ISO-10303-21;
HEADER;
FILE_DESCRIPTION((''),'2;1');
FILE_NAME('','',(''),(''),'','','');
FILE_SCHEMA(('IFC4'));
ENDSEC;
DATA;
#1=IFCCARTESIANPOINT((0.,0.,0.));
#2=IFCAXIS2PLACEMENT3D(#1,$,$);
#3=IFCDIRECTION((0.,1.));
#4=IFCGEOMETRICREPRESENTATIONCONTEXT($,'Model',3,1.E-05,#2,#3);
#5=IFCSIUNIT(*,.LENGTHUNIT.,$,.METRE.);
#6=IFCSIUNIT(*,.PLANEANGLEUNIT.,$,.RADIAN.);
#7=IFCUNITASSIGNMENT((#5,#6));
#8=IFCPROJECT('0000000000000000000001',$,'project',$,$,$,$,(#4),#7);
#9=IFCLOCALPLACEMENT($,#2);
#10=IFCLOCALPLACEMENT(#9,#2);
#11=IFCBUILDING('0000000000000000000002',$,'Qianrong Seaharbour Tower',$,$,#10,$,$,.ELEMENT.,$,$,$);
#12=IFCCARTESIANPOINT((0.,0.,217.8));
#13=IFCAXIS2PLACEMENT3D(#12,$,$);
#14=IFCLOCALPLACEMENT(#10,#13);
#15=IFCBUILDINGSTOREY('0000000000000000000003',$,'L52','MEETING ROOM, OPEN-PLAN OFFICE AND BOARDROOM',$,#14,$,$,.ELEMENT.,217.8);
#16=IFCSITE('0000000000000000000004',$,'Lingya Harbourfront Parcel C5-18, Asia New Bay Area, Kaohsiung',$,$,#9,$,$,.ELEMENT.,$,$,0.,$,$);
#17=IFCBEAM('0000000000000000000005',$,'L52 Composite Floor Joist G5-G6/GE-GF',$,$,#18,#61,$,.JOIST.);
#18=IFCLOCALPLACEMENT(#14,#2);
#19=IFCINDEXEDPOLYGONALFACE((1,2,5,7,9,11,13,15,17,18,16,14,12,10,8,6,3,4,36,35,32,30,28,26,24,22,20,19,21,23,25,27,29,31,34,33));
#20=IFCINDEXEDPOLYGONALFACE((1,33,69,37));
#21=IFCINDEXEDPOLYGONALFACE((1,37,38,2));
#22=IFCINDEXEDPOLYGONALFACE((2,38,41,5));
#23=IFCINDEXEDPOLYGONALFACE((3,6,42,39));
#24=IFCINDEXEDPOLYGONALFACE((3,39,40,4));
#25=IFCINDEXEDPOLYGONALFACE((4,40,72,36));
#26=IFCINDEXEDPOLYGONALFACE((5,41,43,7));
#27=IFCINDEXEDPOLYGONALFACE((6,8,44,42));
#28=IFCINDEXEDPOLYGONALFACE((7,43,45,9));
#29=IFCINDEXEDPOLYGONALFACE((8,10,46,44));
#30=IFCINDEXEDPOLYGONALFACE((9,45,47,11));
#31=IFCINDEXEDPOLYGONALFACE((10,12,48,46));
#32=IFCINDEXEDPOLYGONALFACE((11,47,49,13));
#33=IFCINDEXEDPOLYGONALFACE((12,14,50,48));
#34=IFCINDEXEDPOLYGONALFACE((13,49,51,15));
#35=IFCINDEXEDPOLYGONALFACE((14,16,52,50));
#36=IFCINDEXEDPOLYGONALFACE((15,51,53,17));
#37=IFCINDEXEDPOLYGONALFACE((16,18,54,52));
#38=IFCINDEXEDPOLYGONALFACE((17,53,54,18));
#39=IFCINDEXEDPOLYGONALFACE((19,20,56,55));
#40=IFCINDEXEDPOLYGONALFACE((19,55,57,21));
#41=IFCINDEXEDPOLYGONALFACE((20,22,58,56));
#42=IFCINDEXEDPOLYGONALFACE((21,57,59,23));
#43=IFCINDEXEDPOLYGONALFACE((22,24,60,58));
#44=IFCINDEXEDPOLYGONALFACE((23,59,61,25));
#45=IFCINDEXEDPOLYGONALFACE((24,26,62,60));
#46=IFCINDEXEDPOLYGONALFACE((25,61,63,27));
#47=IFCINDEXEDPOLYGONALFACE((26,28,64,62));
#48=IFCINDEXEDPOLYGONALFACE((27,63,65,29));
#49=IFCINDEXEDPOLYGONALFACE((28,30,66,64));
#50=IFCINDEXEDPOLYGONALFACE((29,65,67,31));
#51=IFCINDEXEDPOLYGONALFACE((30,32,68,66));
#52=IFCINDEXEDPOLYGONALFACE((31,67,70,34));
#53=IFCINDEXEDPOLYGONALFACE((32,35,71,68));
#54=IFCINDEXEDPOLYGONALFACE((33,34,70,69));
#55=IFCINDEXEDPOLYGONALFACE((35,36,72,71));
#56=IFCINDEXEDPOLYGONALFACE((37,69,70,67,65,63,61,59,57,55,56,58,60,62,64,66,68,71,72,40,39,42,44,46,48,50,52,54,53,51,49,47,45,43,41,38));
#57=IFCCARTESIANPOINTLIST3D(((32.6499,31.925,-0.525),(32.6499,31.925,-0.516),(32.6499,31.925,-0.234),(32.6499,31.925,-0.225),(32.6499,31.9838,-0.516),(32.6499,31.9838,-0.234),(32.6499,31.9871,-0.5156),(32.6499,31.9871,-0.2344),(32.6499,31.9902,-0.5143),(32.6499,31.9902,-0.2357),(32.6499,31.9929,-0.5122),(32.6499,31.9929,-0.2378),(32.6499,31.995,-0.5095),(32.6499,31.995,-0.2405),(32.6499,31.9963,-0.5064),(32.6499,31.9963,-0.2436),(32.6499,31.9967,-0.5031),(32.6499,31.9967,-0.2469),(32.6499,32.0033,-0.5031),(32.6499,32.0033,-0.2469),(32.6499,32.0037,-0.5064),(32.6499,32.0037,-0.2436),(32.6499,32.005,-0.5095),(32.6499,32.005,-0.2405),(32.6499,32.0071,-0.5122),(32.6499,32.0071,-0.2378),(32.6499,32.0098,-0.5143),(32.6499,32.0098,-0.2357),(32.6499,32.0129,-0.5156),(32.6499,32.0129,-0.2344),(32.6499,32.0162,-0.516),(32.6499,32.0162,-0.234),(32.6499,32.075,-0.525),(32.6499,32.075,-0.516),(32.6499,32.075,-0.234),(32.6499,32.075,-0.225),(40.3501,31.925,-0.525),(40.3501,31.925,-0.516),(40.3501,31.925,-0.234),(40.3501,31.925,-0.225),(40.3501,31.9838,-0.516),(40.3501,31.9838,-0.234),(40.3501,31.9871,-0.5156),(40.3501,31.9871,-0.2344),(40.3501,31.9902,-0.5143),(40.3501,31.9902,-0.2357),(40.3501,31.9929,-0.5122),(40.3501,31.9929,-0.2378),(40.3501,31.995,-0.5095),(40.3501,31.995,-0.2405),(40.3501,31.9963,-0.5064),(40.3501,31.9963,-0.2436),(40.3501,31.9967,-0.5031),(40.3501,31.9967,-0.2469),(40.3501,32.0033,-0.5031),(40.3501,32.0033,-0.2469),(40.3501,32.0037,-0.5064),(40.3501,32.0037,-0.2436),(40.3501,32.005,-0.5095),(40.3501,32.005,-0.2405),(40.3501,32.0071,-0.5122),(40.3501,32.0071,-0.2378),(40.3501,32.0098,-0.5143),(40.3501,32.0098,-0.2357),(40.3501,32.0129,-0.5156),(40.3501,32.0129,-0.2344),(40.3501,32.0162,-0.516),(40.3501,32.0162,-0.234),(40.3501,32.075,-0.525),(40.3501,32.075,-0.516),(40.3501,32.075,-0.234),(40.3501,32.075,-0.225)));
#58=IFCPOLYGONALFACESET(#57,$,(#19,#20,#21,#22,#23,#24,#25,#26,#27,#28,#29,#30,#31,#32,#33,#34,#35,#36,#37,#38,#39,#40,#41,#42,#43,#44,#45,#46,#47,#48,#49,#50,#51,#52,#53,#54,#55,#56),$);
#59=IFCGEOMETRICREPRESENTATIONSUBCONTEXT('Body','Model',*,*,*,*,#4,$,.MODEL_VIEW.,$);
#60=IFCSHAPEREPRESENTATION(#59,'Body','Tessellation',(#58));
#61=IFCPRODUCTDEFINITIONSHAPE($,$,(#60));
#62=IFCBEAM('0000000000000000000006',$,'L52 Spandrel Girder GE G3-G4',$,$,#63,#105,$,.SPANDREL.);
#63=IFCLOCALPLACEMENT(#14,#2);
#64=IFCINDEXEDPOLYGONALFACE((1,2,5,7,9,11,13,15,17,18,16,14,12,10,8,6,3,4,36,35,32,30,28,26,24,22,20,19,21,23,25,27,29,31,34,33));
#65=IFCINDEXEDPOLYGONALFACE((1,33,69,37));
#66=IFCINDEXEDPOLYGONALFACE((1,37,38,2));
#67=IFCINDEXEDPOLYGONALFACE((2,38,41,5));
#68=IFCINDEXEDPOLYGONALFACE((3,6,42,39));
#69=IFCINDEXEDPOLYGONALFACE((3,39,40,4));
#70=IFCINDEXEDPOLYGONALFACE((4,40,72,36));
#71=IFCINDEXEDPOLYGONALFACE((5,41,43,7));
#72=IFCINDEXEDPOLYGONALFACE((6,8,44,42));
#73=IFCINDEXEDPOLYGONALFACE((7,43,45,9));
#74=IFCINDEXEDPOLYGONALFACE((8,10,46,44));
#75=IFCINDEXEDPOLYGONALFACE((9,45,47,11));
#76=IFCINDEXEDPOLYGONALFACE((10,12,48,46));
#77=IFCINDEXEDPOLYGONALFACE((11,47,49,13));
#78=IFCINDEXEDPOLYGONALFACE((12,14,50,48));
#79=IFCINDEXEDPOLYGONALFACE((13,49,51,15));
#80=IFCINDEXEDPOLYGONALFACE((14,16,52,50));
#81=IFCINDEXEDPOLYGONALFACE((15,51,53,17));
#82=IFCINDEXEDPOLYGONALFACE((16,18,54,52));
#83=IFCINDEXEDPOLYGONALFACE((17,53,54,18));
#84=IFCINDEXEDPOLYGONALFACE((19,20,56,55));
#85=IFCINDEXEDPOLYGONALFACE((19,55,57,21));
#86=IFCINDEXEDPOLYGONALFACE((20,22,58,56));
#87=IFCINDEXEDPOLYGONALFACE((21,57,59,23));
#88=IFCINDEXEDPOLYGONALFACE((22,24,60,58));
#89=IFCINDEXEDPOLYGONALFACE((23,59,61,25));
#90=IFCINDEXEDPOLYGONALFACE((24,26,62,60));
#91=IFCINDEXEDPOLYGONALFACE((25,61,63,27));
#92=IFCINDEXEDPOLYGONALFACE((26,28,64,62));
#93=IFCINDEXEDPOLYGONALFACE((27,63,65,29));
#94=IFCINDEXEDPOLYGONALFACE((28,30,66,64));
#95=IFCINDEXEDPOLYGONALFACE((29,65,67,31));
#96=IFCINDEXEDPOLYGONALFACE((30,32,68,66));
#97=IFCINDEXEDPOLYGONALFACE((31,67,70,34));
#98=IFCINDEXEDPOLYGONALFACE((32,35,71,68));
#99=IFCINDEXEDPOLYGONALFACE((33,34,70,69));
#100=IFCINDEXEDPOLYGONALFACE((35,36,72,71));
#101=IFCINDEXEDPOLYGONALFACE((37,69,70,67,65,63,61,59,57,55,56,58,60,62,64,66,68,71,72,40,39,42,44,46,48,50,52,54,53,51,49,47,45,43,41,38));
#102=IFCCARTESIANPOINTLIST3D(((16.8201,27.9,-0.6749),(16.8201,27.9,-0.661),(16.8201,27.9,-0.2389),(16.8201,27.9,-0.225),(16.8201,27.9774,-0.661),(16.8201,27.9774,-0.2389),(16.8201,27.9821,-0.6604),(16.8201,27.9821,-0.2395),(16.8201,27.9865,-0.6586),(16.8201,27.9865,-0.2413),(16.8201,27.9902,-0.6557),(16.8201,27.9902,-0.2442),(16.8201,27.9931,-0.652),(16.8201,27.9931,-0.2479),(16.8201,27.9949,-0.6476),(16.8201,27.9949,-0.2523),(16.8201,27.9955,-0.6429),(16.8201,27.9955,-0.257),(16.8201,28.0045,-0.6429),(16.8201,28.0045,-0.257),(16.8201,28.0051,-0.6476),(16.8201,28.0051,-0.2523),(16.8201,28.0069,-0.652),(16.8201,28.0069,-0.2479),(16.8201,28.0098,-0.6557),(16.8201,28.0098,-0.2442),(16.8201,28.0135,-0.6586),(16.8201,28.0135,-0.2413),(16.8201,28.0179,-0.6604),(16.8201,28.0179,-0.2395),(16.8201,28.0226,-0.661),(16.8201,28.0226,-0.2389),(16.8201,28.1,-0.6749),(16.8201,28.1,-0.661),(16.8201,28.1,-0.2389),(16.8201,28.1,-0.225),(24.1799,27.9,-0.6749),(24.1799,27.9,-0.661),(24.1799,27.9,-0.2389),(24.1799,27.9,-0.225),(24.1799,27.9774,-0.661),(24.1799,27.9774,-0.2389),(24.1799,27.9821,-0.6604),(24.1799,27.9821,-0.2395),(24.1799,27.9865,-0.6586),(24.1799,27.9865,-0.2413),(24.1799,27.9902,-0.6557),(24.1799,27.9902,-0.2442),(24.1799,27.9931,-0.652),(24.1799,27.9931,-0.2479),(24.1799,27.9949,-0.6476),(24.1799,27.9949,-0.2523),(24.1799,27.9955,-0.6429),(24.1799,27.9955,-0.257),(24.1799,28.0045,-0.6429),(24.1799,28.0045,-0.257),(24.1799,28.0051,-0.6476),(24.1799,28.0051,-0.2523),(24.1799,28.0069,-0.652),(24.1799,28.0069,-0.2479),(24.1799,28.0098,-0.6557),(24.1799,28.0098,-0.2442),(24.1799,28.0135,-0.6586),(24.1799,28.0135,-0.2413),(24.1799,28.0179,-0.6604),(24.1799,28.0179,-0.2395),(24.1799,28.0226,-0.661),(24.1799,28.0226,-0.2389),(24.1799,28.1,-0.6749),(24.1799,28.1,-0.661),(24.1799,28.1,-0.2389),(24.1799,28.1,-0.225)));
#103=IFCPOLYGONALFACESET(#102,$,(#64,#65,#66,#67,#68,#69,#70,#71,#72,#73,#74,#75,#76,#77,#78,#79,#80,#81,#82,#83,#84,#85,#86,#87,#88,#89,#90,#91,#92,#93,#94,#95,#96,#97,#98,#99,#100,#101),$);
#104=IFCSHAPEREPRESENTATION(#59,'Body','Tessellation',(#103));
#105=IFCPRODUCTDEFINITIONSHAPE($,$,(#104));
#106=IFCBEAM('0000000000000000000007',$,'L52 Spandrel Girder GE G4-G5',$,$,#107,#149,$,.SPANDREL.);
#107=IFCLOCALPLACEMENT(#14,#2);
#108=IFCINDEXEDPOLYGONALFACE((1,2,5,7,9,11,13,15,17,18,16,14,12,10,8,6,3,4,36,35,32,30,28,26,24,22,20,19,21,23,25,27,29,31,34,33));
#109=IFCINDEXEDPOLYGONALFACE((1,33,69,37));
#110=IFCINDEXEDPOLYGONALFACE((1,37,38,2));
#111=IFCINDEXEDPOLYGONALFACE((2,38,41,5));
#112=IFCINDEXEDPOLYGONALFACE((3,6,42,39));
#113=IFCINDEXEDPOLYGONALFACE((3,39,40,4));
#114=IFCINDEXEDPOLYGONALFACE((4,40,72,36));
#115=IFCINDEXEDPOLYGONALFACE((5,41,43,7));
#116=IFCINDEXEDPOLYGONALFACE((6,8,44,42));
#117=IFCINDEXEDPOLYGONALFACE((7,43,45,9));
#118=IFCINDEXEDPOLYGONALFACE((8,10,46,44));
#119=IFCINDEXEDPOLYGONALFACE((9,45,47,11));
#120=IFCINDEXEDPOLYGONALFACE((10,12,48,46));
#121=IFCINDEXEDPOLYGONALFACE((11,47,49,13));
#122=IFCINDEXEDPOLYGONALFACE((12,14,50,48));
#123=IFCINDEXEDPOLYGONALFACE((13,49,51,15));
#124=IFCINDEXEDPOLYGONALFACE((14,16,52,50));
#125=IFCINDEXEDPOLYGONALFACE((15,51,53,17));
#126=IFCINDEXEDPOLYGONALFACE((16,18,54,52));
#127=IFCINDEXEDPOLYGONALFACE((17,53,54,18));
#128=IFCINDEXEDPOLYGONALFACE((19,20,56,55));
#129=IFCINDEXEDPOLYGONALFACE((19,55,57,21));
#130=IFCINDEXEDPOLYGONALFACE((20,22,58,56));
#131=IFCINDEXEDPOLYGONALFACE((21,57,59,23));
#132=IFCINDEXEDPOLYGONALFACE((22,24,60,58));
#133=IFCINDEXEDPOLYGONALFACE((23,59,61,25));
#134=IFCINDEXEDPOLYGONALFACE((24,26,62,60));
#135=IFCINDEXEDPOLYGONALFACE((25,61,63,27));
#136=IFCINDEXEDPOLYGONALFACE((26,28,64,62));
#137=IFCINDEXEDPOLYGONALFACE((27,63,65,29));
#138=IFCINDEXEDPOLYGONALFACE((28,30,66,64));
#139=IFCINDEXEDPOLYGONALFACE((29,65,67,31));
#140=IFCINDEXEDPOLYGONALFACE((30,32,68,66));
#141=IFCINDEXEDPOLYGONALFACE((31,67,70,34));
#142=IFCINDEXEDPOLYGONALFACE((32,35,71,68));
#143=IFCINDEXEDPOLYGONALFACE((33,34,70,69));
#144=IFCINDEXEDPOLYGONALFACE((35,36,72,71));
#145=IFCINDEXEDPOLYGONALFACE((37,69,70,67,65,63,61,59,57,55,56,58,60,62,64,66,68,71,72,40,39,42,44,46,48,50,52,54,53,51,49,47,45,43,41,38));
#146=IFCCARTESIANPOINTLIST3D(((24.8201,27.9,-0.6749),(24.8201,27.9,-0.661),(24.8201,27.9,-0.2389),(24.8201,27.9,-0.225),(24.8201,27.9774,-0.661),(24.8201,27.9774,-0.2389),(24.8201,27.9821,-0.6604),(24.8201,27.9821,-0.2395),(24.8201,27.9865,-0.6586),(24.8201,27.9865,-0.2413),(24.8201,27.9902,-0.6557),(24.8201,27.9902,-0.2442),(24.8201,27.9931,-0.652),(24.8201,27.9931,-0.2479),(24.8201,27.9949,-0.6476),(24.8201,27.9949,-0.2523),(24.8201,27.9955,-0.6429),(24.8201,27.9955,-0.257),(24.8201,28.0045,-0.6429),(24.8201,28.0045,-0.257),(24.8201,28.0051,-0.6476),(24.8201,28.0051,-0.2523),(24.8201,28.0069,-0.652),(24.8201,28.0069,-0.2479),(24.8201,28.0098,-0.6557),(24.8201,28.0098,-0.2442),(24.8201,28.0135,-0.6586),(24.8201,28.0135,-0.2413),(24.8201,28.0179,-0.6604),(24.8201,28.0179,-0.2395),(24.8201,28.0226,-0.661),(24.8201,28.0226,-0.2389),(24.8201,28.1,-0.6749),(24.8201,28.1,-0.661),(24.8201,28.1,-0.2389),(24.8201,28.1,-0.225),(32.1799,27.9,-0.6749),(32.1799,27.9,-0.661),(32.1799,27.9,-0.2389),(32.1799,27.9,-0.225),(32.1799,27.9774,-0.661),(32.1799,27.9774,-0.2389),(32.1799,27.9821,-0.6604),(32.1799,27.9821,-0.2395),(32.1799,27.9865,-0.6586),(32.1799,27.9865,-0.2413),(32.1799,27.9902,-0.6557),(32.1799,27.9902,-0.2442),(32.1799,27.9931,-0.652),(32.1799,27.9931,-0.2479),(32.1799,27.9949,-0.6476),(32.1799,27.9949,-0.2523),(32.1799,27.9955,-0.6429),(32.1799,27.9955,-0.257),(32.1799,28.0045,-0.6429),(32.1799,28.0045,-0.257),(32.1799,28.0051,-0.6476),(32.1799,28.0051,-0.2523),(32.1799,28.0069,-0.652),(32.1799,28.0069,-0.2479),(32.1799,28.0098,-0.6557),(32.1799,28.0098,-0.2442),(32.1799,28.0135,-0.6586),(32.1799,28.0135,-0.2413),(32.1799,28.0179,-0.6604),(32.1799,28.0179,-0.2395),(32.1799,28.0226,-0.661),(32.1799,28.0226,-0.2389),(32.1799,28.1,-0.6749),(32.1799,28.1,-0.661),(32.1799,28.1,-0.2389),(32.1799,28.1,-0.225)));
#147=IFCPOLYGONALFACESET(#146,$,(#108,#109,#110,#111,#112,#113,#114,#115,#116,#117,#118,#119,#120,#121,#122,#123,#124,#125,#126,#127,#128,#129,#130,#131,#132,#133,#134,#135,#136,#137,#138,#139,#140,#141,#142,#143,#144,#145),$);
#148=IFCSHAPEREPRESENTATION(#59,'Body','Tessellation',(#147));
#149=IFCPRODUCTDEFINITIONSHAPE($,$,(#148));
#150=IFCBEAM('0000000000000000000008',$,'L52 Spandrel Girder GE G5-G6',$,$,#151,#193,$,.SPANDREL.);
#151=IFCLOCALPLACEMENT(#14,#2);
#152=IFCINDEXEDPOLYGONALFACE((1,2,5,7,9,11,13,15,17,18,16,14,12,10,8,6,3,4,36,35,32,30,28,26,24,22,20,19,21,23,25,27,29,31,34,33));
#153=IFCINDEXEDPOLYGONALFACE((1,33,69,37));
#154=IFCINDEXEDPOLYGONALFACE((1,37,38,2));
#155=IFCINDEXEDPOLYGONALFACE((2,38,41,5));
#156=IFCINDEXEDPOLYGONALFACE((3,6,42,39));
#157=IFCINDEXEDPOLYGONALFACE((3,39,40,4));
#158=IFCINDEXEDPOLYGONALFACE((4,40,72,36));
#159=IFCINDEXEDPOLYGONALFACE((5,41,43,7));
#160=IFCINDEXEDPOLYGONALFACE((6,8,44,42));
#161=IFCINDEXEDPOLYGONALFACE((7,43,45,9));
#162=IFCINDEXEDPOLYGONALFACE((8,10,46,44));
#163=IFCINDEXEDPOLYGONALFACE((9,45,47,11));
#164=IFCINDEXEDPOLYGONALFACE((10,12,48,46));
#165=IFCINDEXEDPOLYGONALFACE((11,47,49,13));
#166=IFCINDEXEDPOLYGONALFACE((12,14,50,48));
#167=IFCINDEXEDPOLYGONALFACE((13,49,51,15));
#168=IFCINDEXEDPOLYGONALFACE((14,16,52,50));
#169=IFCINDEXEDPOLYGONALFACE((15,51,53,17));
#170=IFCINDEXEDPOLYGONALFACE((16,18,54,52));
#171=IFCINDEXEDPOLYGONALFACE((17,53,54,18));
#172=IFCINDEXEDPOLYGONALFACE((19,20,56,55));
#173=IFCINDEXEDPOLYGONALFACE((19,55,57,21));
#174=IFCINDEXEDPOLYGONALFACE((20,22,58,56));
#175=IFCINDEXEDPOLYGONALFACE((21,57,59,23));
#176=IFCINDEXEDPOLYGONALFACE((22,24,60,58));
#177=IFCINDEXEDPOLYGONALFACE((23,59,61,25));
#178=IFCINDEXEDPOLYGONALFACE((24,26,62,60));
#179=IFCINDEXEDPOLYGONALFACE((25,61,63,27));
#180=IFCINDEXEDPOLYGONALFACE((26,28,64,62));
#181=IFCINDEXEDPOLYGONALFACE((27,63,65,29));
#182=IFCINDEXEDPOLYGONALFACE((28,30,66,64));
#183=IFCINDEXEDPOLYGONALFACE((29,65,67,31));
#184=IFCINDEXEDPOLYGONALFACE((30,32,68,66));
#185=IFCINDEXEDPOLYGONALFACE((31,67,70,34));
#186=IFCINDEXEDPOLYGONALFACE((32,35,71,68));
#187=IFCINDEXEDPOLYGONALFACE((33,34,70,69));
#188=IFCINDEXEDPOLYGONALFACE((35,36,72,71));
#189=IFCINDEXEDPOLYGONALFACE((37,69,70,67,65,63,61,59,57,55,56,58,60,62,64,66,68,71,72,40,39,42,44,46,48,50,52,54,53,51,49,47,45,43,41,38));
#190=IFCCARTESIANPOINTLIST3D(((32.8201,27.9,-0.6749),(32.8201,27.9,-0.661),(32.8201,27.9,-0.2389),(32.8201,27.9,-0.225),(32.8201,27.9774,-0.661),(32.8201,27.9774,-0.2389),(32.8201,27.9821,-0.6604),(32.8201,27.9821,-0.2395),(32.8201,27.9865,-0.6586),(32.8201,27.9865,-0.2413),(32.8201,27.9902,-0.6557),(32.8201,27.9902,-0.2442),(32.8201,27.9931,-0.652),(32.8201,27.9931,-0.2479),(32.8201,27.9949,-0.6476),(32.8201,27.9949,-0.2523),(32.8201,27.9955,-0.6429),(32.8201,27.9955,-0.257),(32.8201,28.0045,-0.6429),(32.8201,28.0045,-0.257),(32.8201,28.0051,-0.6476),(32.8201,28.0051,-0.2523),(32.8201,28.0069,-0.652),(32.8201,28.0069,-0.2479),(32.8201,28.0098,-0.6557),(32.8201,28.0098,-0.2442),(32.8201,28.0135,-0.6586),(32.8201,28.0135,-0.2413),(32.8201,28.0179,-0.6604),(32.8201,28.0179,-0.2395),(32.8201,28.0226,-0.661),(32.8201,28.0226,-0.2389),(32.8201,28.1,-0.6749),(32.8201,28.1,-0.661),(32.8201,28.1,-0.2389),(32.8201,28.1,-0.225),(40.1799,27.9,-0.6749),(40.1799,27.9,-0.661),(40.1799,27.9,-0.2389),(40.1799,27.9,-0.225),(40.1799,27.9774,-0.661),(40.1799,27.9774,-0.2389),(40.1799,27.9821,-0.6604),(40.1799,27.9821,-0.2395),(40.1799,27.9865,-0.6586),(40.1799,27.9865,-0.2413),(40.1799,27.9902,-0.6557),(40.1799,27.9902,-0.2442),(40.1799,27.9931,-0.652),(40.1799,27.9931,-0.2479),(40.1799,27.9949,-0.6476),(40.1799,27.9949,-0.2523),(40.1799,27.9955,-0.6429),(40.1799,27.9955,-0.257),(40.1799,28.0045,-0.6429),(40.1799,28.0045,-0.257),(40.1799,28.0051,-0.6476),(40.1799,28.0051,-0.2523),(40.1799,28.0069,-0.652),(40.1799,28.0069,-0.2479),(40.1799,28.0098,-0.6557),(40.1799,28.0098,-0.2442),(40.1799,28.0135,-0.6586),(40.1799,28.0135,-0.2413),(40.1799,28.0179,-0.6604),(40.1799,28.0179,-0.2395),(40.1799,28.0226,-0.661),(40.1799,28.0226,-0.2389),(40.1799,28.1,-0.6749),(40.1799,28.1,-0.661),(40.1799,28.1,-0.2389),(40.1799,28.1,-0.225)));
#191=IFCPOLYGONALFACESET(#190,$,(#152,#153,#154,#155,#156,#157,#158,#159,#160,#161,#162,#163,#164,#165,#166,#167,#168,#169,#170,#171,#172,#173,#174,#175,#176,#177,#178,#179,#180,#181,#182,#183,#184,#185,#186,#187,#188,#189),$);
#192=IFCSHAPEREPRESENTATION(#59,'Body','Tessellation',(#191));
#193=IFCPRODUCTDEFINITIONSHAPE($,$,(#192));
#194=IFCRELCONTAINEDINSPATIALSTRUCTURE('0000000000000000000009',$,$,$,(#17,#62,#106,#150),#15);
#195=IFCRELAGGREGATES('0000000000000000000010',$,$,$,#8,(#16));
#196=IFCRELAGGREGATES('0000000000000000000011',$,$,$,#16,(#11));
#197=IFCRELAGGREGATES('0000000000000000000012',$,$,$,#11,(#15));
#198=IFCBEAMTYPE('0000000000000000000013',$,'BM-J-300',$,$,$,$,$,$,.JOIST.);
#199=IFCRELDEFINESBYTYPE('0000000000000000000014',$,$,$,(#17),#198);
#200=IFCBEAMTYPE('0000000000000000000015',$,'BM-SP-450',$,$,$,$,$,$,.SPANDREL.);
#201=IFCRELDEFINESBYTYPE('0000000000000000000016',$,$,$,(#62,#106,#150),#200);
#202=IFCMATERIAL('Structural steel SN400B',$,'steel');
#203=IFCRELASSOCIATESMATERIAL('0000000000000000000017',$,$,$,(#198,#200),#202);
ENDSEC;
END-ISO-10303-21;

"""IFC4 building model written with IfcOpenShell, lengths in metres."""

from ifc_helpers import new_model, si_unit, direction, frame, origin, origin_2d, place, context, subcontext, project, spatial, i_section, extrude, material, material_profile, profile_set, type_object, element, save


model = new_model("IFC4")

# Units and contexts
model_context = context("Model", 3, precision=1e-05, world=origin(), true_north=direction((0.0, 1.0)))
body_context = subcontext(model_context, "Body", "Model", "MODEL_VIEW")
ifc_project = project(units=[si_unit("LENGTHUNIT", "METRE"), si_unit("PLANEANGLEUNIT", "RADIAN")], contexts=[model_context])

# Site, building, storey
site_placement = place(None, origin())
site = spatial("IfcSite", under=ifc_project, at=site_placement, Name="Lingya Harbourfront Parcel C5-18, Asia New Bay Area, Kaohsiung", CompositionType="ELEMENT", RefElevation=0.0)
building_placement = place(site_placement, origin())
building = spatial("IfcBuilding", under=site, at=building_placement, Name="Qianrong Seaharbour Tower", CompositionType="ELEMENT")
storey_placement = place(building_placement, frame((0.0, 0.0, 217.8)))
storey = spatial("IfcBuildingStorey", under=building, at=storey_placement, Name="L52", Description="MEETING ROOM, OPEN-PLAN OFFICE AND BOARDROOM", CompositionType="ELEMENT", Elevation=217.8)

# Beams
ifc_material_1 = material(Name="Structural steel SN400B", Category="steel")
ifc_material_profile_1 = material_profile(ifc_material_1, i_section(OverallWidth=0.1499, OverallDepth=0.3, WebThickness=0.0066, FlangeThickness=0.009, FilletRadius=0.0129, at=origin_2d()), Name="H300x150x6.5x9")
ifc_profile_set_1 = profile_set([ifc_material_profile_1], Name="Structural steel SN400B")
beam_type_1 = type_object("IfcBeamType", Name="BM-J-300", PredefinedType="JOIST", material=ifc_profile_set_1)
for number, where, z_axis, x_axis, name in (
    (1, (32.6499, 32.0, -0.375), (1.0, 0.0, 0.0), (0.0, 1.0, 0.0), "L52 Composite Floor Joist G5-G6/GE-GF"),
):
    element("IfcBeam", number, at=place(storey_placement, frame(where, z_axis=z_axis, x_axis=x_axis)), inside=storey, type_object=beam_type_1, Name=name, PredefinedType="JOIST", context=body_context, shape_type="SweptSolid", body=[
        extrude(i_section(OverallWidth=0.1499, OverallDepth=0.3, WebThickness=0.0066, FlangeThickness=0.009, FilletRadius=0.0129, at=origin_2d()), origin(), (0.0, 0.0, 1.0), 7.7002),
    ])
ifc_material_profile_2 = material_profile(ifc_material_1, i_section(OverallWidth=0.2, OverallDepth=0.45, WebThickness=0.009, FlangeThickness=0.0139, FilletRadius=0.0181, at=origin_2d()), Name="H450x200x9x14")
ifc_profile_set_2 = profile_set([ifc_material_profile_2], Name="Structural steel SN400B")
beam_type_2 = type_object("IfcBeamType", Name="BM-SP-450", PredefinedType="SPANDREL", material=ifc_profile_set_2)
for number, where, z_axis, x_axis, name in (
    (2, (16.8201, 28.0, -0.45), (1.0, 0.0, 0.0), (0.0, 1.0, 0.0), "L52 Spandrel Girder GE G3-G4"),
    (3, (24.8201, 28.0, -0.45), (1.0, 0.0, 0.0), (0.0, 1.0, 0.0), "L52 Spandrel Girder GE G4-G5"),
    (4, (32.8201, 28.0, -0.45), (1.0, 0.0, 0.0), (0.0, 1.0, 0.0), "L52 Spandrel Girder GE G5-G6"),
):
    element("IfcBeam", number, at=place(storey_placement, frame(where, z_axis=z_axis, x_axis=x_axis)), inside=storey, type_object=beam_type_2, Name=name, PredefinedType="SPANDREL", context=body_context, shape_type="SweptSolid", body=[
        extrude(i_section(OverallWidth=0.2, OverallDepth=0.45, WebThickness=0.009, FlangeThickness=0.0139, FilletRadius=0.0181, at=origin_2d()), origin(), (0.0, 0.0, 1.0), 7.3599),
    ])

save(model, "model.ifc")
